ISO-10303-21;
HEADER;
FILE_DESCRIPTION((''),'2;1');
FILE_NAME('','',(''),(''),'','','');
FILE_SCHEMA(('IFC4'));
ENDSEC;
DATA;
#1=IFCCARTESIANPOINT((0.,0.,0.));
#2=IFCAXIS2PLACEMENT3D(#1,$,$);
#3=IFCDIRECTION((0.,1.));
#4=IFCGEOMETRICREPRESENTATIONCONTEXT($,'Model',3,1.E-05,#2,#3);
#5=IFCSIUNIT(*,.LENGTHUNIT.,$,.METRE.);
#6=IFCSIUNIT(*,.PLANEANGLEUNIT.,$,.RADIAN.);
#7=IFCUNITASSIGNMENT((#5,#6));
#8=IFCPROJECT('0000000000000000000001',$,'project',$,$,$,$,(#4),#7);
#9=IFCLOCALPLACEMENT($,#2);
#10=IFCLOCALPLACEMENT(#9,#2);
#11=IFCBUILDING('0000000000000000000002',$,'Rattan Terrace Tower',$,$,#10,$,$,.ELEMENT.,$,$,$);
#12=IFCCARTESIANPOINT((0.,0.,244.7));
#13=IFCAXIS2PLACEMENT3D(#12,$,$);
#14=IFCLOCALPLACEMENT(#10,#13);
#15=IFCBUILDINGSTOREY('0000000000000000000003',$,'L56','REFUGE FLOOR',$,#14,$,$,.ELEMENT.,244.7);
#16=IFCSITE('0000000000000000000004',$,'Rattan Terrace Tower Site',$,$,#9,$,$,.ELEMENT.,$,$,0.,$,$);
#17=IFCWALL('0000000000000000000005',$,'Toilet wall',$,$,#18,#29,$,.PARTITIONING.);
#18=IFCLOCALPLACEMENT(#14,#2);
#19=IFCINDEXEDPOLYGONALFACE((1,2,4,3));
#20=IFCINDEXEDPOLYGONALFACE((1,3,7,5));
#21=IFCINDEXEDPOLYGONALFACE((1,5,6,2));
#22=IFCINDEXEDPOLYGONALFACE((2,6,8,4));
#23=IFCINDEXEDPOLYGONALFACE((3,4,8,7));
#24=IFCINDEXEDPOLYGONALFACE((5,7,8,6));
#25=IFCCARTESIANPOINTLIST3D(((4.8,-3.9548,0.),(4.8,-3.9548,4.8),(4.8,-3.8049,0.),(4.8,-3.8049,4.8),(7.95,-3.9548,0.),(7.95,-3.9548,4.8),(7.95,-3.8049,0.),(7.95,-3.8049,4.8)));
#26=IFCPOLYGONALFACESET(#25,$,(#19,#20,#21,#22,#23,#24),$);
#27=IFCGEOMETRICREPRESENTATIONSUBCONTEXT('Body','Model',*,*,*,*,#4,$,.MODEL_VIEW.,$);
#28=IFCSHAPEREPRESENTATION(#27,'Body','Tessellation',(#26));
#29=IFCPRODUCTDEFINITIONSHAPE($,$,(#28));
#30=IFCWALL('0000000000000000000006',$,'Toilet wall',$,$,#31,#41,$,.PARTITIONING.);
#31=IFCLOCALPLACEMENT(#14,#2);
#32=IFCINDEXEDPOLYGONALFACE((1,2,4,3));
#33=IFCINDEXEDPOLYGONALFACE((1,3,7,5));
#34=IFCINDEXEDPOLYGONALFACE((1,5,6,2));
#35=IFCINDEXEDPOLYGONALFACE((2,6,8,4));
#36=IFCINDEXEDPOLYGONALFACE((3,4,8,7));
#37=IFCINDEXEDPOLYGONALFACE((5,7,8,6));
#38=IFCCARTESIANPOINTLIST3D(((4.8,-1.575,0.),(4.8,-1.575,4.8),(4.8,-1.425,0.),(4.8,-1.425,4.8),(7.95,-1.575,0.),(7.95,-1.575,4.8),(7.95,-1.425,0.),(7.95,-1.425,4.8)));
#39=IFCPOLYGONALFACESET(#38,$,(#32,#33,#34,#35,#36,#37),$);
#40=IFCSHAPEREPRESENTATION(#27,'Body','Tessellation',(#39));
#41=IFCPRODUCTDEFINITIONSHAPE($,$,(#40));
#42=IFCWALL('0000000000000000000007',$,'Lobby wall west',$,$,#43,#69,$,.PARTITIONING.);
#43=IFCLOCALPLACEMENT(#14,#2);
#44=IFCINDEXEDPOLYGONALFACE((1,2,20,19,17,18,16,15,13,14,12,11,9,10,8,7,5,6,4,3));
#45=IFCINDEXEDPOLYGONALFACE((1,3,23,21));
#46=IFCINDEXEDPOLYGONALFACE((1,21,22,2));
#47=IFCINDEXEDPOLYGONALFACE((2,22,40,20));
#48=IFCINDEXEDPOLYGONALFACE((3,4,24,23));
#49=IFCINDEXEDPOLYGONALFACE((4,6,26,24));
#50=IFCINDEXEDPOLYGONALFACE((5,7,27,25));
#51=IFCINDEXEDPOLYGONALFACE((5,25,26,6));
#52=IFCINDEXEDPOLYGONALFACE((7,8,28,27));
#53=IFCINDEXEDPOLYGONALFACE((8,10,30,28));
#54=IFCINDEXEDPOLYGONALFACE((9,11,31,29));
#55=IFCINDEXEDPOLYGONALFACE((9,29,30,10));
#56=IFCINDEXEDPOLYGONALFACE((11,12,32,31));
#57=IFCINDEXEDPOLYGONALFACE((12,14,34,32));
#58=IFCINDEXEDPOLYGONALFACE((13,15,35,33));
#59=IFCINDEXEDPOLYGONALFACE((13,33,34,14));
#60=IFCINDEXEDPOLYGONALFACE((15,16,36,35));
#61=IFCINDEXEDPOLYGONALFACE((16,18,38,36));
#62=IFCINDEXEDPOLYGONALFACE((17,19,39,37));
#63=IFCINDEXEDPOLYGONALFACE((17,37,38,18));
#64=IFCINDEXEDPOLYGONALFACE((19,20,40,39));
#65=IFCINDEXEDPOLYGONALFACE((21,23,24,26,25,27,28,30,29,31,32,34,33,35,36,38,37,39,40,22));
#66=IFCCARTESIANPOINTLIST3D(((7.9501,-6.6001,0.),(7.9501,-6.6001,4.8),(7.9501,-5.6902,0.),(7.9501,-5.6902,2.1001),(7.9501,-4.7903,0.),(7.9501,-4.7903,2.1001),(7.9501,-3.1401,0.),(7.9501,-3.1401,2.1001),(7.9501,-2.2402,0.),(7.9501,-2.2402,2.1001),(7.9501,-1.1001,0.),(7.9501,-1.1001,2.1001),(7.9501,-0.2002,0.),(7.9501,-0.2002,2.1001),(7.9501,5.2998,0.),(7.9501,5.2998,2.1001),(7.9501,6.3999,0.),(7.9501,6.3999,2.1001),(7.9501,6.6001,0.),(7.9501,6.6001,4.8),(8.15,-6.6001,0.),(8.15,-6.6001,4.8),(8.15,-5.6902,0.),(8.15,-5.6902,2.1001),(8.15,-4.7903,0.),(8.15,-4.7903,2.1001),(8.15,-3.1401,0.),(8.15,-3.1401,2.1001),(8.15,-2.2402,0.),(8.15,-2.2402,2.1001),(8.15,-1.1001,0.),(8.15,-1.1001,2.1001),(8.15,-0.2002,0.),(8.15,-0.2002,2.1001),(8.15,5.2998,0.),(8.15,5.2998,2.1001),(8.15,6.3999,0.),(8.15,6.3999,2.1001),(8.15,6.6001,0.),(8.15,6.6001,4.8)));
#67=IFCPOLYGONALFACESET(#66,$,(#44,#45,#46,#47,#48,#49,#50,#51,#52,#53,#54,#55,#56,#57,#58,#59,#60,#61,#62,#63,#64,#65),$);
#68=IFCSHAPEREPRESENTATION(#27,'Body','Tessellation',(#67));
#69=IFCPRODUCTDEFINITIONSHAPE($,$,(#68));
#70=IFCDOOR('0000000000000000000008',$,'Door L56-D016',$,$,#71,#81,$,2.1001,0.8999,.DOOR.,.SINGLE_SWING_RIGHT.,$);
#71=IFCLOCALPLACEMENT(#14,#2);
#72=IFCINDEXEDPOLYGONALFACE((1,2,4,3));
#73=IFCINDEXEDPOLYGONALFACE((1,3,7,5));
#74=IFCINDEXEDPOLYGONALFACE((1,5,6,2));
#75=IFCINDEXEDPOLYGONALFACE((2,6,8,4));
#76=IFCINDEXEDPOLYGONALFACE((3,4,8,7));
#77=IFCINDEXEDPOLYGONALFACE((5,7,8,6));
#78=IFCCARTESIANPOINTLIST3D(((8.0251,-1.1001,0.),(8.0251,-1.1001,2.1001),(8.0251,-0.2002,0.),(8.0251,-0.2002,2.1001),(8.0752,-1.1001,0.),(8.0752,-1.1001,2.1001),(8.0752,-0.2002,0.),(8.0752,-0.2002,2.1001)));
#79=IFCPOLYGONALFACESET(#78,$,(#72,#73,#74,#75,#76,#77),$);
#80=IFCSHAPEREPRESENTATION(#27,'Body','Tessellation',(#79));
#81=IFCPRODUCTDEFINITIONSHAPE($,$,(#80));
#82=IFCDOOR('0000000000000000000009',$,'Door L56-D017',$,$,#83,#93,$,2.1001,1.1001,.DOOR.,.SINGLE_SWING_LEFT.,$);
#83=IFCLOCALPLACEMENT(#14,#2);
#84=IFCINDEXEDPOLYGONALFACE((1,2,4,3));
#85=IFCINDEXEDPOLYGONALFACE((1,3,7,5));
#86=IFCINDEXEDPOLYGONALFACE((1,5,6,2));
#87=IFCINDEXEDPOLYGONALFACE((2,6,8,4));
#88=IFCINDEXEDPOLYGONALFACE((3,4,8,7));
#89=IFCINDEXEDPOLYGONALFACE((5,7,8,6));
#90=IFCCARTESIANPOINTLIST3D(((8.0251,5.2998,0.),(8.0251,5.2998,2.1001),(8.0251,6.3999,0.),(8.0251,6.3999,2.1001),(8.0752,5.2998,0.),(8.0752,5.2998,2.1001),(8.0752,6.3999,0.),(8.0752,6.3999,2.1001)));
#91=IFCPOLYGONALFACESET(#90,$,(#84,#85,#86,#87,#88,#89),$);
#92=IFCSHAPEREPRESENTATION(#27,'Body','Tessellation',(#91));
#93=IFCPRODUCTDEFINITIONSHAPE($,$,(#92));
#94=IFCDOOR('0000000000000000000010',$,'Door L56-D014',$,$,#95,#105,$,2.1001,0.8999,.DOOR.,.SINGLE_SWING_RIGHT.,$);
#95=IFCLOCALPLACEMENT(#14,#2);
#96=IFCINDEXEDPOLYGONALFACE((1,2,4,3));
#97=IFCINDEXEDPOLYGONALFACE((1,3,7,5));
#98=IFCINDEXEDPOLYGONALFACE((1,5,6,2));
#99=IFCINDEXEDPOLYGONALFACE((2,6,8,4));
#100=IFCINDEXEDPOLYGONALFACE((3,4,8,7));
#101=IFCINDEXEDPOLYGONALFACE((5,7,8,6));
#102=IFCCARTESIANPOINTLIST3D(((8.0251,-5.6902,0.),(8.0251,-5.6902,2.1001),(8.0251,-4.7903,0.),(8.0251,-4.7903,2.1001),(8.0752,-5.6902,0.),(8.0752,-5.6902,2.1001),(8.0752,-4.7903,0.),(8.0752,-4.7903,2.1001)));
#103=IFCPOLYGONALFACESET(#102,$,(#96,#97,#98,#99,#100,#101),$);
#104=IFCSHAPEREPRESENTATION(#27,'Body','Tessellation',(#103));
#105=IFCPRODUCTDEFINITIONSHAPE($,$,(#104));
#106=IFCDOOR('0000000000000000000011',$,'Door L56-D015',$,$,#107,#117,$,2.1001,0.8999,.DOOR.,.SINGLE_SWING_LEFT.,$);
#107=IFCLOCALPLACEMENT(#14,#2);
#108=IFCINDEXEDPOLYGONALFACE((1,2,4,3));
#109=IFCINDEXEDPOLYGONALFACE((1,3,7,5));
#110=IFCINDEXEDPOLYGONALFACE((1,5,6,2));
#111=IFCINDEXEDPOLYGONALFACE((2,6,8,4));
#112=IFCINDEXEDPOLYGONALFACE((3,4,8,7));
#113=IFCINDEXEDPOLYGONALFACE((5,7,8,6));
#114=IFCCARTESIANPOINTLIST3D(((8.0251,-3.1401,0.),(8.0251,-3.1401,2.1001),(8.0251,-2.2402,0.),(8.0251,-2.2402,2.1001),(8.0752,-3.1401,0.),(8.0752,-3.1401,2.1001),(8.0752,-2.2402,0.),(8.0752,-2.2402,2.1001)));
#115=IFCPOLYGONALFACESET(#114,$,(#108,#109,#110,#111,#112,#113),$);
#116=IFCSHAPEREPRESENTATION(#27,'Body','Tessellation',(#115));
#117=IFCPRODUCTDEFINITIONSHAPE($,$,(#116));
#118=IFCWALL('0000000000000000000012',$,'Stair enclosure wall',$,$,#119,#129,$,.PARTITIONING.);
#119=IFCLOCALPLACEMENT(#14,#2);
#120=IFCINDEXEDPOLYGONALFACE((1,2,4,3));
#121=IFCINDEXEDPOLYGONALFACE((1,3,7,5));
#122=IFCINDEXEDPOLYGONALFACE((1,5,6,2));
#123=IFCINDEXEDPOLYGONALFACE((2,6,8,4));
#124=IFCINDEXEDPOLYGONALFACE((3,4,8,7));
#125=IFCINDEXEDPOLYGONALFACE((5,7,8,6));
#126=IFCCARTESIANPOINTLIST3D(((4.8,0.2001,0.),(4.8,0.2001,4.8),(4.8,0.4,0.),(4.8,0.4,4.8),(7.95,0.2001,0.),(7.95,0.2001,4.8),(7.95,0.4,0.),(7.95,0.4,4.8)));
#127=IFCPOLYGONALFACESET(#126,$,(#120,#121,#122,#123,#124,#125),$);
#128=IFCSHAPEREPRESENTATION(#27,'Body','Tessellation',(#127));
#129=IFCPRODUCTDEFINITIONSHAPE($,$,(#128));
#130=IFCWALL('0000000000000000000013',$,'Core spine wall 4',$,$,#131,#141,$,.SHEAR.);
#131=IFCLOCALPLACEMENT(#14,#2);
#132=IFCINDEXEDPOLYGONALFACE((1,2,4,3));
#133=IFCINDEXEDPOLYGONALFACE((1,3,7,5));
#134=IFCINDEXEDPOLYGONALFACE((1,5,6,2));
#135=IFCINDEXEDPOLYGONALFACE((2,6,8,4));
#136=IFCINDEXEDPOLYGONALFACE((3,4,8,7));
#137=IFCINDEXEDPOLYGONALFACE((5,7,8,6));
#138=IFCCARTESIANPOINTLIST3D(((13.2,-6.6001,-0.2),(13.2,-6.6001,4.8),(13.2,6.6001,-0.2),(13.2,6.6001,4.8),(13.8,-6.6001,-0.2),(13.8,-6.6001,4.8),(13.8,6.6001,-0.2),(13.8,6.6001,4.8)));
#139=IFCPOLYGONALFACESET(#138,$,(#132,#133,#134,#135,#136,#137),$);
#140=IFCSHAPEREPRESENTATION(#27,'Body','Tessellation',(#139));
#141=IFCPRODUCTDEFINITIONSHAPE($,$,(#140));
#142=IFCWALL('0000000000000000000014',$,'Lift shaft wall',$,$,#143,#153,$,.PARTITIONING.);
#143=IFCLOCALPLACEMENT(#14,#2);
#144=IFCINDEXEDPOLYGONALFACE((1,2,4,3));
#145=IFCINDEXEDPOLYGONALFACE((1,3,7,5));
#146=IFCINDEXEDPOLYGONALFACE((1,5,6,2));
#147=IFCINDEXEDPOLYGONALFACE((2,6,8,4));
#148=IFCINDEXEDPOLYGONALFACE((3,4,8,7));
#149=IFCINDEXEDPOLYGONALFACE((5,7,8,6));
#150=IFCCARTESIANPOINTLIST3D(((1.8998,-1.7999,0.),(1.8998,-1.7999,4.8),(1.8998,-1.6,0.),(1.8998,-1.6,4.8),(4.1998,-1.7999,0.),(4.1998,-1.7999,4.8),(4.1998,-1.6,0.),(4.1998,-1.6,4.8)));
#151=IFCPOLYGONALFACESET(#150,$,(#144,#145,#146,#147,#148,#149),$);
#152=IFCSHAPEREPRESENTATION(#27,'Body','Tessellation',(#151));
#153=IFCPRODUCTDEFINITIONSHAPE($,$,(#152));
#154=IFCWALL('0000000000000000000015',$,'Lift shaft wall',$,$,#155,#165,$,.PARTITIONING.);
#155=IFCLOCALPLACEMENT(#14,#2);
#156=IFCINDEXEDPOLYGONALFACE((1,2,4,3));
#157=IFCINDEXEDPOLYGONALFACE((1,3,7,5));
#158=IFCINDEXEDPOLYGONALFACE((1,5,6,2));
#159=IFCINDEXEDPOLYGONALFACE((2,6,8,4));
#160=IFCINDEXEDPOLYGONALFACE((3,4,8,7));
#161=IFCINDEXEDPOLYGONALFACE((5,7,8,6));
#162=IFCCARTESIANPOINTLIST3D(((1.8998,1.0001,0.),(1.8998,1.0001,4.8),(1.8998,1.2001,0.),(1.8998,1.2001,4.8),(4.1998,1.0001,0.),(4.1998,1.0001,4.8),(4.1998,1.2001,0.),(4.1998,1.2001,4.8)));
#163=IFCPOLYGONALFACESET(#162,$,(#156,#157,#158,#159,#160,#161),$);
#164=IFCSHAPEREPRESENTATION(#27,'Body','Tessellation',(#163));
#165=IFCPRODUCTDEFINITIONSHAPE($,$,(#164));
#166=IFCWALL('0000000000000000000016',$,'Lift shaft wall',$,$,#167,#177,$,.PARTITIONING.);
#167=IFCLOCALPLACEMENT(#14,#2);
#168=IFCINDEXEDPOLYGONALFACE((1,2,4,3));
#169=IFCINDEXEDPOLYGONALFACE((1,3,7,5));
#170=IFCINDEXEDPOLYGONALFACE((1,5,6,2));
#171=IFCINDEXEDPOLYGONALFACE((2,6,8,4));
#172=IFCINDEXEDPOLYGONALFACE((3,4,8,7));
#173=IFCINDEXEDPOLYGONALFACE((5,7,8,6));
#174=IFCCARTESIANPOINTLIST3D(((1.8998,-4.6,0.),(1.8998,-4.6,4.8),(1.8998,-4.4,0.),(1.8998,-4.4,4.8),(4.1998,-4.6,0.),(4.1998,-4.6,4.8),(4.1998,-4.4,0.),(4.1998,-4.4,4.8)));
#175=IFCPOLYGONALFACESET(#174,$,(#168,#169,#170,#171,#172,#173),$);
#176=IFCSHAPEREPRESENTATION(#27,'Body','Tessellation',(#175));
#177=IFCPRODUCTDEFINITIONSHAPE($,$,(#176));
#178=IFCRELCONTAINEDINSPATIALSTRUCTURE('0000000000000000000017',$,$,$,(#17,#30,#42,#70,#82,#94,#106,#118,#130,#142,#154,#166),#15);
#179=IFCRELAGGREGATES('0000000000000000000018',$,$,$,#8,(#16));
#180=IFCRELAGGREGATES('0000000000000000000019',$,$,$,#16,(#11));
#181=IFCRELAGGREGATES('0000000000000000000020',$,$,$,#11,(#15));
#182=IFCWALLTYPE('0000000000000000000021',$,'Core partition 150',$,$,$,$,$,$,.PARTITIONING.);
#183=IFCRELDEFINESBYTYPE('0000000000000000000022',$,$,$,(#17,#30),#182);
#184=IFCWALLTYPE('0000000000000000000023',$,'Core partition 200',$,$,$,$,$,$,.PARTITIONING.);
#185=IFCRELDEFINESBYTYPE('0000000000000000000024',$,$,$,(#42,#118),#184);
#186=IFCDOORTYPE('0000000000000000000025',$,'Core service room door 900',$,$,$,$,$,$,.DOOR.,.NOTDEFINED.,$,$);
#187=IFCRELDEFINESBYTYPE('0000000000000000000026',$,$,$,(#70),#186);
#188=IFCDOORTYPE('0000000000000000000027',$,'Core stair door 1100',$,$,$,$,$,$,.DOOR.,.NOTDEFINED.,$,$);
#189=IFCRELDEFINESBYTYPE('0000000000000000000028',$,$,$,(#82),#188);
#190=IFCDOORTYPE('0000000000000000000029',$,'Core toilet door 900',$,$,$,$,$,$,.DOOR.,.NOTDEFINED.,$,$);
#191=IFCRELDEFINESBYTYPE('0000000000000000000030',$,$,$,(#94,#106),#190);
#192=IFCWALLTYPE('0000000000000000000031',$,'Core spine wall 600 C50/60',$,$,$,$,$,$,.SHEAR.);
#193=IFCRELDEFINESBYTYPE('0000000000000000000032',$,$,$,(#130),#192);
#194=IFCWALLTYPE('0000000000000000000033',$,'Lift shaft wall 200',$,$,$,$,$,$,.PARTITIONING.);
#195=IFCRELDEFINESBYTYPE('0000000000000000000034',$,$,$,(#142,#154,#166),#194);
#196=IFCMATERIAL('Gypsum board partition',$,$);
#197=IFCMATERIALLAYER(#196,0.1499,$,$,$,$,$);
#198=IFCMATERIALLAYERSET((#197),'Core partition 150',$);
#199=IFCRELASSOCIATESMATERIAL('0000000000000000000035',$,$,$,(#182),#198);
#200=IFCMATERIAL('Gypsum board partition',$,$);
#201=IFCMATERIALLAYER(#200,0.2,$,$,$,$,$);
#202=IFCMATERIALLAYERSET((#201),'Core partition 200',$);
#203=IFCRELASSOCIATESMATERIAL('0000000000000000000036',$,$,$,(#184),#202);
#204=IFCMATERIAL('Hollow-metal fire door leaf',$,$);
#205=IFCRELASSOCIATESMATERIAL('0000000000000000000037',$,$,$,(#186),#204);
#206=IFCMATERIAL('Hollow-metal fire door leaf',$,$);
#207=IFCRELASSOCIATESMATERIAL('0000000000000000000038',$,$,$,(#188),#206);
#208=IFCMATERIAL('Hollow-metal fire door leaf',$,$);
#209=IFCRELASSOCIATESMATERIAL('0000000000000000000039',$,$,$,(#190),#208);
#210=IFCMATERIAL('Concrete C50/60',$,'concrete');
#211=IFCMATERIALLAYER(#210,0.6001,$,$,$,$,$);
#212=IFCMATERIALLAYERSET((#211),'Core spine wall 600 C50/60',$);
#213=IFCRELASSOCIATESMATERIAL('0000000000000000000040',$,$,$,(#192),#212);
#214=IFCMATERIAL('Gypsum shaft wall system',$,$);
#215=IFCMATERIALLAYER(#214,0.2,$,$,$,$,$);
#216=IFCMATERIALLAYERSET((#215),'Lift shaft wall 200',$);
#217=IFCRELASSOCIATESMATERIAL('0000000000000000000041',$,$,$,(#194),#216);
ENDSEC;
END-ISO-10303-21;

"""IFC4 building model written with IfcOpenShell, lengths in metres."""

from ifc_helpers import new_model, si_unit, direction, frame, frame_2d, origin, place, context, subcontext, project, spatial, rectangle, extrude, material, layer, layer_set, type_object, element, fill, save


model = new_model("IFC4")

# Units and contexts
model_context = context("Model", 3, precision=1e-05, world=origin(), true_north=direction((0.0, 1.0)))
body_context = subcontext(model_context, "Body", "Model", "MODEL_VIEW")
ifc_project = project(units=[si_unit("LENGTHUNIT", "METRE"), si_unit("PLANEANGLEUNIT", "RADIAN")], contexts=[model_context])

# Site, building, storey
site_placement = place(None, origin())
site = spatial("IfcSite", under=ifc_project, at=site_placement, Name="Rattan Terrace Tower Site", CompositionType="ELEMENT", RefElevation=0.0)
building_placement = place(site_placement, origin())
building = spatial("IfcBuilding", under=site, at=building_placement, Name="Rattan Terrace Tower", CompositionType="ELEMENT")
storey_placement = place(building_placement, frame((0.0, 0.0, 244.7)))
storey = spatial("IfcBuildingStorey", under=building, at=storey_placement, Name="L56", Description="REFUGE FLOOR", CompositionType="ELEMENT", Elevation=244.7)

# Walls
ifc_material_1 = material(Name="Gypsum board partition")
ifc_layer_1 = layer(ifc_material_1, 0.1499)
ifc_layer_set_1 = layer_set([ifc_layer_1], Name="Core partition 150")
wall_type_1 = type_object("IfcWallType", Name="Core partition 150", PredefinedType="PARTITIONING", material=ifc_layer_set_1)
for number, where, z_axis, x_axis, name in (
    (1, (4.8, -3.8799, 0.0), (0.0, 0.0, 1.0), (1.0, 0.0, 0.0), "Toilet wall"),
    (2, (4.8, -1.5, 0.0), (0.0, 0.0, 1.0), (1.0, 0.0, 0.0), "Toilet wall"),
):
    element("IfcWall", number, at=place(storey_placement, frame(where, z_axis=z_axis, x_axis=x_axis)), inside=storey, type_object=wall_type_1, Name=name, PredefinedType="PARTITIONING", context=body_context, shape_type="SweptSolid", body=[
        extrude(rectangle(XDim=3.1499, YDim=0.1499, at=frame_2d((1.575, 0.0))), origin(), (0.0, 0.0, 1.0), 4.8),
    ])

# Wall, openings, doors
ifc_material_2 = material(Name="Gypsum board partition")
ifc_layer_2 = layer(ifc_material_2, 0.2)
ifc_layer_set_2 = layer_set([ifc_layer_2], Name="Core partition 200")
wall_type_2 = type_object("IfcWallType", Name="Core partition 200", PredefinedType="PARTITIONING", material=ifc_layer_set_2)
wall_1_placement = place(storey_placement, frame((8.05, -6.6001, 0.0), z_axis=(0.0, 0.0, 1.0), x_axis=(0.0, 1.0, 0.0)))
wall_1 = element("IfcWall", 3, at=wall_1_placement, inside=storey, type_object=wall_type_2, Name="Lobby wall west", PredefinedType="PARTITIONING", context=body_context, shape_type="SweptSolid", body=[
    extrude(rectangle(XDim=13.2002, YDim=0.2, at=frame_2d((6.6001, 0.0))), origin(), (0.0, 0.0, 1.0), 4.8),
])
opening_1_placement = place(wall_1_placement, frame((0.9099, 0.0, 0.0)))
opening_1 = element("IfcOpeningElement", 4, at=opening_1_placement, cuts=wall_1, PredefinedType="OPENING", context=body_context, shape_type="SweptSolid", body=[
    extrude(rectangle(XDim=0.8999, YDim=2.1001, at=frame_2d((0.45, 1.05))), frame((0.0, 0.1106, 0.0), z_axis=(0.0, -1.0, 0.0), x_axis=(1.0, 0.0, 0.0)), (0.0, 0.0, 1.0), 0.2209),
])
opening_2_placement = place(wall_1_placement, frame((3.46, 0.0, 0.0)))
opening_2 = element("IfcOpeningElement", 5, at=opening_2_placement, cuts=wall_1, PredefinedType="OPENING", context=body_context, shape_type="SweptSolid", body=[
    extrude(rectangle(XDim=0.8999, YDim=2.1001, at=frame_2d((0.45, 1.05))), frame((0.0, 0.1106, 0.0), z_axis=(0.0, -1.0, 0.0), x_axis=(1.0, 0.0, 0.0)), (0.0, 0.0, 1.0), 0.2209),
])
opening_3_placement = place(wall_1_placement, frame((5.5, 0.0, 0.0)))
opening_3 = element("IfcOpeningElement", 6, at=opening_3_placement, cuts=wall_1, PredefinedType="OPENING", context=body_context, shape_type="SweptSolid", body=[
    extrude(rectangle(XDim=0.8999, YDim=2.1001, at=frame_2d((0.45, 1.05))), frame((0.0, 0.1106, 0.0), z_axis=(0.0, -1.0, 0.0), x_axis=(1.0, 0.0, 0.0)), (0.0, 0.0, 1.0), 0.2209),
])
opening_4_placement = place(wall_1_placement, frame((11.8999, 0.0, 0.0)))
opening_4 = element("IfcOpeningElement", 7, at=opening_4_placement, cuts=wall_1, PredefinedType="OPENING", context=body_context, shape_type="SweptSolid", body=[
    extrude(rectangle(XDim=1.1001, YDim=2.1001, at=frame_2d((0.55, 1.05))), frame((0.0, 0.1106, 0.0), z_axis=(0.0, -1.0, 0.0), x_axis=(1.0, 0.0, 0.0)), (0.0, 0.0, 1.0), 0.2209),
])
ifc_material_3 = material(Name="Hollow-metal fire door leaf")
door_type_1 = type_object("IfcDoorType", Name="Core service room door 900", OperationType="NOTDEFINED", PredefinedType="DOOR", material=ifc_material_3)
door_1_placement = place(opening_3_placement, origin())
door_1 = element("IfcDoor", 8, at=door_1_placement, inside=storey, type_object=door_type_1, Name="Door L56-D016", OperationType="SINGLE_SWING_RIGHT", OverallHeight=2.1001, OverallWidth=0.8999, PredefinedType="DOOR", context=body_context, shape_type="SweptSolid", body=[
    extrude(rectangle(XDim=0.8999, YDim=2.1001, at=frame_2d((0.45, 1.05))), frame((0.0, 0.0249, 0.0), z_axis=(0.0, -1.0, 0.0), x_axis=(1.0, 0.0, 0.0)), (0.0, 0.0, 1.0), 0.05),
])
fill(opening_3, door_1)
ifc_material_4 = material(Name="Hollow-metal fire door leaf")
door_type_2 = type_object("IfcDoorType", Name="Core stair door 1100", OperationType="NOTDEFINED", PredefinedType="DOOR", material=ifc_material_4)
door_2_placement = place(opening_4_placement, origin())
door_2 = element("IfcDoor", 9, at=door_2_placement, inside=storey, type_object=door_type_2, Name="Door L56-D017", OperationType="SINGLE_SWING_LEFT", OverallHeight=2.1001, OverallWidth=1.1001, PredefinedType="DOOR", context=body_context, shape_type="SweptSolid", body=[
    extrude(rectangle(XDim=1.1001, YDim=2.1001, at=frame_2d((0.55, 1.05))), frame((0.0, 0.0249, 0.0), z_axis=(0.0, -1.0, 0.0), x_axis=(1.0, 0.0, 0.0)), (0.0, 0.0, 1.0), 0.05),
])
fill(opening_4, door_2)
ifc_material_5 = material(Name="Hollow-metal fire door leaf")
door_type_3 = type_object("IfcDoorType", Name="Core toilet door 900", OperationType="NOTDEFINED", PredefinedType="DOOR", material=ifc_material_5)
door_3_placement = place(opening_1_placement, origin())
door_3 = element("IfcDoor", 10, at=door_3_placement, inside=storey, type_object=door_type_3, Name="Door L56-D014", OperationType="SINGLE_SWING_RIGHT", OverallHeight=2.1001, OverallWidth=0.8999, PredefinedType="DOOR", context=body_context, shape_type="SweptSolid", body=[
    extrude(rectangle(XDim=0.8999, YDim=2.1001, at=frame_2d((0.45, 1.05))), frame((0.0, 0.0249, 0.0), z_axis=(0.0, -1.0, 0.0), x_axis=(1.0, 0.0, 0.0)), (0.0, 0.0, 1.0), 0.05),
])
fill(opening_1, door_3)
door_4_placement = place(opening_2_placement, origin())
door_4 = element("IfcDoor", 11, at=door_4_placement, inside=storey, type_object=door_type_3, Name="Door L56-D015", OperationType="SINGLE_SWING_LEFT", OverallHeight=2.1001, OverallWidth=0.8999, PredefinedType="DOOR", context=body_context, shape_type="SweptSolid", body=[
    extrude(rectangle(XDim=0.8999, YDim=2.1001, at=frame_2d((0.45, 1.05))), frame((0.0, 0.0249, 0.0), z_axis=(0.0, -1.0, 0.0), x_axis=(1.0, 0.0, 0.0)), (0.0, 0.0, 1.0), 0.05),
])
fill(opening_2, door_4)

# Walls
wall_2_placement = place(storey_placement, frame((4.8, 0.3, 0.0), z_axis=(0.0, 0.0, 1.0), x_axis=(1.0, 0.0, 0.0)))
element("IfcWall", 12, at=wall_2_placement, inside=storey, type_object=wall_type_2, Name="Stair enclosure wall", PredefinedType="PARTITIONING", context=body_context, shape_type="SweptSolid", body=[
    extrude(rectangle(XDim=3.1499, YDim=0.2, at=frame_2d((1.575, 0.0))), origin(), (0.0, 0.0, 1.0), 4.8),
])
ifc_material_6 = material(Name="Concrete C50/60", Category="concrete")
ifc_layer_3 = layer(ifc_material_6, 0.6001)
ifc_layer_set_3 = layer_set([ifc_layer_3], Name="Core spine wall 600 C50/60")
wall_type_3 = type_object("IfcWallType", Name="Core spine wall 600 C50/60", PredefinedType="SHEAR", material=ifc_layer_set_3)
wall_3_placement = place(storey_placement, frame((13.5, -6.6001, -0.2), z_axis=(0.0, 0.0, 1.0), x_axis=(0.0, 1.0, 0.0)))
element("IfcWall", 13, at=wall_3_placement, inside=storey, type_object=wall_type_3, Name="Core spine wall 4", PredefinedType="SHEAR", context=body_context, shape_type="SweptSolid", body=[
    extrude(rectangle(XDim=13.2002, YDim=0.6001, at=frame_2d((6.6001, 0.0))), origin(), (0.0, 0.0, 1.0), 5.0),
])
ifc_material_7 = material(Name="Gypsum shaft wall system")
ifc_layer_4 = layer(ifc_material_7, 0.2)
ifc_layer_set_4 = layer_set([ifc_layer_4], Name="Lift shaft wall 200")
wall_type_4 = type_object("IfcWallType", Name="Lift shaft wall 200", PredefinedType="PARTITIONING", material=ifc_layer_set_4)
for number, where, z_axis, x_axis, name in (
    (14, (1.8999, -1.7, 0.0), (0.0, 0.0, 1.0), (1.0, 0.0, 0.0), "Lift shaft wall"),
    (15, (1.8999, 1.1001, 0.0), (0.0, 0.0, 1.0), (1.0, 0.0, 0.0), "Lift shaft wall"),
    (16, (1.8999, -4.5, 0.0), (0.0, 0.0, 1.0), (1.0, 0.0, 0.0), "Lift shaft wall"),
):
    element("IfcWall", number, at=place(storey_placement, frame(where, z_axis=z_axis, x_axis=x_axis)), inside=storey, type_object=wall_type_4, Name=name, PredefinedType="PARTITIONING", context=body_context, shape_type="SweptSolid", body=[
        extrude(rectangle(XDim=2.3, YDim=0.2, at=frame_2d((1.1499, 0.0))), origin(), (0.0, 0.0, 1.0), 4.8),
    ])

save(model, "model.ifc")
